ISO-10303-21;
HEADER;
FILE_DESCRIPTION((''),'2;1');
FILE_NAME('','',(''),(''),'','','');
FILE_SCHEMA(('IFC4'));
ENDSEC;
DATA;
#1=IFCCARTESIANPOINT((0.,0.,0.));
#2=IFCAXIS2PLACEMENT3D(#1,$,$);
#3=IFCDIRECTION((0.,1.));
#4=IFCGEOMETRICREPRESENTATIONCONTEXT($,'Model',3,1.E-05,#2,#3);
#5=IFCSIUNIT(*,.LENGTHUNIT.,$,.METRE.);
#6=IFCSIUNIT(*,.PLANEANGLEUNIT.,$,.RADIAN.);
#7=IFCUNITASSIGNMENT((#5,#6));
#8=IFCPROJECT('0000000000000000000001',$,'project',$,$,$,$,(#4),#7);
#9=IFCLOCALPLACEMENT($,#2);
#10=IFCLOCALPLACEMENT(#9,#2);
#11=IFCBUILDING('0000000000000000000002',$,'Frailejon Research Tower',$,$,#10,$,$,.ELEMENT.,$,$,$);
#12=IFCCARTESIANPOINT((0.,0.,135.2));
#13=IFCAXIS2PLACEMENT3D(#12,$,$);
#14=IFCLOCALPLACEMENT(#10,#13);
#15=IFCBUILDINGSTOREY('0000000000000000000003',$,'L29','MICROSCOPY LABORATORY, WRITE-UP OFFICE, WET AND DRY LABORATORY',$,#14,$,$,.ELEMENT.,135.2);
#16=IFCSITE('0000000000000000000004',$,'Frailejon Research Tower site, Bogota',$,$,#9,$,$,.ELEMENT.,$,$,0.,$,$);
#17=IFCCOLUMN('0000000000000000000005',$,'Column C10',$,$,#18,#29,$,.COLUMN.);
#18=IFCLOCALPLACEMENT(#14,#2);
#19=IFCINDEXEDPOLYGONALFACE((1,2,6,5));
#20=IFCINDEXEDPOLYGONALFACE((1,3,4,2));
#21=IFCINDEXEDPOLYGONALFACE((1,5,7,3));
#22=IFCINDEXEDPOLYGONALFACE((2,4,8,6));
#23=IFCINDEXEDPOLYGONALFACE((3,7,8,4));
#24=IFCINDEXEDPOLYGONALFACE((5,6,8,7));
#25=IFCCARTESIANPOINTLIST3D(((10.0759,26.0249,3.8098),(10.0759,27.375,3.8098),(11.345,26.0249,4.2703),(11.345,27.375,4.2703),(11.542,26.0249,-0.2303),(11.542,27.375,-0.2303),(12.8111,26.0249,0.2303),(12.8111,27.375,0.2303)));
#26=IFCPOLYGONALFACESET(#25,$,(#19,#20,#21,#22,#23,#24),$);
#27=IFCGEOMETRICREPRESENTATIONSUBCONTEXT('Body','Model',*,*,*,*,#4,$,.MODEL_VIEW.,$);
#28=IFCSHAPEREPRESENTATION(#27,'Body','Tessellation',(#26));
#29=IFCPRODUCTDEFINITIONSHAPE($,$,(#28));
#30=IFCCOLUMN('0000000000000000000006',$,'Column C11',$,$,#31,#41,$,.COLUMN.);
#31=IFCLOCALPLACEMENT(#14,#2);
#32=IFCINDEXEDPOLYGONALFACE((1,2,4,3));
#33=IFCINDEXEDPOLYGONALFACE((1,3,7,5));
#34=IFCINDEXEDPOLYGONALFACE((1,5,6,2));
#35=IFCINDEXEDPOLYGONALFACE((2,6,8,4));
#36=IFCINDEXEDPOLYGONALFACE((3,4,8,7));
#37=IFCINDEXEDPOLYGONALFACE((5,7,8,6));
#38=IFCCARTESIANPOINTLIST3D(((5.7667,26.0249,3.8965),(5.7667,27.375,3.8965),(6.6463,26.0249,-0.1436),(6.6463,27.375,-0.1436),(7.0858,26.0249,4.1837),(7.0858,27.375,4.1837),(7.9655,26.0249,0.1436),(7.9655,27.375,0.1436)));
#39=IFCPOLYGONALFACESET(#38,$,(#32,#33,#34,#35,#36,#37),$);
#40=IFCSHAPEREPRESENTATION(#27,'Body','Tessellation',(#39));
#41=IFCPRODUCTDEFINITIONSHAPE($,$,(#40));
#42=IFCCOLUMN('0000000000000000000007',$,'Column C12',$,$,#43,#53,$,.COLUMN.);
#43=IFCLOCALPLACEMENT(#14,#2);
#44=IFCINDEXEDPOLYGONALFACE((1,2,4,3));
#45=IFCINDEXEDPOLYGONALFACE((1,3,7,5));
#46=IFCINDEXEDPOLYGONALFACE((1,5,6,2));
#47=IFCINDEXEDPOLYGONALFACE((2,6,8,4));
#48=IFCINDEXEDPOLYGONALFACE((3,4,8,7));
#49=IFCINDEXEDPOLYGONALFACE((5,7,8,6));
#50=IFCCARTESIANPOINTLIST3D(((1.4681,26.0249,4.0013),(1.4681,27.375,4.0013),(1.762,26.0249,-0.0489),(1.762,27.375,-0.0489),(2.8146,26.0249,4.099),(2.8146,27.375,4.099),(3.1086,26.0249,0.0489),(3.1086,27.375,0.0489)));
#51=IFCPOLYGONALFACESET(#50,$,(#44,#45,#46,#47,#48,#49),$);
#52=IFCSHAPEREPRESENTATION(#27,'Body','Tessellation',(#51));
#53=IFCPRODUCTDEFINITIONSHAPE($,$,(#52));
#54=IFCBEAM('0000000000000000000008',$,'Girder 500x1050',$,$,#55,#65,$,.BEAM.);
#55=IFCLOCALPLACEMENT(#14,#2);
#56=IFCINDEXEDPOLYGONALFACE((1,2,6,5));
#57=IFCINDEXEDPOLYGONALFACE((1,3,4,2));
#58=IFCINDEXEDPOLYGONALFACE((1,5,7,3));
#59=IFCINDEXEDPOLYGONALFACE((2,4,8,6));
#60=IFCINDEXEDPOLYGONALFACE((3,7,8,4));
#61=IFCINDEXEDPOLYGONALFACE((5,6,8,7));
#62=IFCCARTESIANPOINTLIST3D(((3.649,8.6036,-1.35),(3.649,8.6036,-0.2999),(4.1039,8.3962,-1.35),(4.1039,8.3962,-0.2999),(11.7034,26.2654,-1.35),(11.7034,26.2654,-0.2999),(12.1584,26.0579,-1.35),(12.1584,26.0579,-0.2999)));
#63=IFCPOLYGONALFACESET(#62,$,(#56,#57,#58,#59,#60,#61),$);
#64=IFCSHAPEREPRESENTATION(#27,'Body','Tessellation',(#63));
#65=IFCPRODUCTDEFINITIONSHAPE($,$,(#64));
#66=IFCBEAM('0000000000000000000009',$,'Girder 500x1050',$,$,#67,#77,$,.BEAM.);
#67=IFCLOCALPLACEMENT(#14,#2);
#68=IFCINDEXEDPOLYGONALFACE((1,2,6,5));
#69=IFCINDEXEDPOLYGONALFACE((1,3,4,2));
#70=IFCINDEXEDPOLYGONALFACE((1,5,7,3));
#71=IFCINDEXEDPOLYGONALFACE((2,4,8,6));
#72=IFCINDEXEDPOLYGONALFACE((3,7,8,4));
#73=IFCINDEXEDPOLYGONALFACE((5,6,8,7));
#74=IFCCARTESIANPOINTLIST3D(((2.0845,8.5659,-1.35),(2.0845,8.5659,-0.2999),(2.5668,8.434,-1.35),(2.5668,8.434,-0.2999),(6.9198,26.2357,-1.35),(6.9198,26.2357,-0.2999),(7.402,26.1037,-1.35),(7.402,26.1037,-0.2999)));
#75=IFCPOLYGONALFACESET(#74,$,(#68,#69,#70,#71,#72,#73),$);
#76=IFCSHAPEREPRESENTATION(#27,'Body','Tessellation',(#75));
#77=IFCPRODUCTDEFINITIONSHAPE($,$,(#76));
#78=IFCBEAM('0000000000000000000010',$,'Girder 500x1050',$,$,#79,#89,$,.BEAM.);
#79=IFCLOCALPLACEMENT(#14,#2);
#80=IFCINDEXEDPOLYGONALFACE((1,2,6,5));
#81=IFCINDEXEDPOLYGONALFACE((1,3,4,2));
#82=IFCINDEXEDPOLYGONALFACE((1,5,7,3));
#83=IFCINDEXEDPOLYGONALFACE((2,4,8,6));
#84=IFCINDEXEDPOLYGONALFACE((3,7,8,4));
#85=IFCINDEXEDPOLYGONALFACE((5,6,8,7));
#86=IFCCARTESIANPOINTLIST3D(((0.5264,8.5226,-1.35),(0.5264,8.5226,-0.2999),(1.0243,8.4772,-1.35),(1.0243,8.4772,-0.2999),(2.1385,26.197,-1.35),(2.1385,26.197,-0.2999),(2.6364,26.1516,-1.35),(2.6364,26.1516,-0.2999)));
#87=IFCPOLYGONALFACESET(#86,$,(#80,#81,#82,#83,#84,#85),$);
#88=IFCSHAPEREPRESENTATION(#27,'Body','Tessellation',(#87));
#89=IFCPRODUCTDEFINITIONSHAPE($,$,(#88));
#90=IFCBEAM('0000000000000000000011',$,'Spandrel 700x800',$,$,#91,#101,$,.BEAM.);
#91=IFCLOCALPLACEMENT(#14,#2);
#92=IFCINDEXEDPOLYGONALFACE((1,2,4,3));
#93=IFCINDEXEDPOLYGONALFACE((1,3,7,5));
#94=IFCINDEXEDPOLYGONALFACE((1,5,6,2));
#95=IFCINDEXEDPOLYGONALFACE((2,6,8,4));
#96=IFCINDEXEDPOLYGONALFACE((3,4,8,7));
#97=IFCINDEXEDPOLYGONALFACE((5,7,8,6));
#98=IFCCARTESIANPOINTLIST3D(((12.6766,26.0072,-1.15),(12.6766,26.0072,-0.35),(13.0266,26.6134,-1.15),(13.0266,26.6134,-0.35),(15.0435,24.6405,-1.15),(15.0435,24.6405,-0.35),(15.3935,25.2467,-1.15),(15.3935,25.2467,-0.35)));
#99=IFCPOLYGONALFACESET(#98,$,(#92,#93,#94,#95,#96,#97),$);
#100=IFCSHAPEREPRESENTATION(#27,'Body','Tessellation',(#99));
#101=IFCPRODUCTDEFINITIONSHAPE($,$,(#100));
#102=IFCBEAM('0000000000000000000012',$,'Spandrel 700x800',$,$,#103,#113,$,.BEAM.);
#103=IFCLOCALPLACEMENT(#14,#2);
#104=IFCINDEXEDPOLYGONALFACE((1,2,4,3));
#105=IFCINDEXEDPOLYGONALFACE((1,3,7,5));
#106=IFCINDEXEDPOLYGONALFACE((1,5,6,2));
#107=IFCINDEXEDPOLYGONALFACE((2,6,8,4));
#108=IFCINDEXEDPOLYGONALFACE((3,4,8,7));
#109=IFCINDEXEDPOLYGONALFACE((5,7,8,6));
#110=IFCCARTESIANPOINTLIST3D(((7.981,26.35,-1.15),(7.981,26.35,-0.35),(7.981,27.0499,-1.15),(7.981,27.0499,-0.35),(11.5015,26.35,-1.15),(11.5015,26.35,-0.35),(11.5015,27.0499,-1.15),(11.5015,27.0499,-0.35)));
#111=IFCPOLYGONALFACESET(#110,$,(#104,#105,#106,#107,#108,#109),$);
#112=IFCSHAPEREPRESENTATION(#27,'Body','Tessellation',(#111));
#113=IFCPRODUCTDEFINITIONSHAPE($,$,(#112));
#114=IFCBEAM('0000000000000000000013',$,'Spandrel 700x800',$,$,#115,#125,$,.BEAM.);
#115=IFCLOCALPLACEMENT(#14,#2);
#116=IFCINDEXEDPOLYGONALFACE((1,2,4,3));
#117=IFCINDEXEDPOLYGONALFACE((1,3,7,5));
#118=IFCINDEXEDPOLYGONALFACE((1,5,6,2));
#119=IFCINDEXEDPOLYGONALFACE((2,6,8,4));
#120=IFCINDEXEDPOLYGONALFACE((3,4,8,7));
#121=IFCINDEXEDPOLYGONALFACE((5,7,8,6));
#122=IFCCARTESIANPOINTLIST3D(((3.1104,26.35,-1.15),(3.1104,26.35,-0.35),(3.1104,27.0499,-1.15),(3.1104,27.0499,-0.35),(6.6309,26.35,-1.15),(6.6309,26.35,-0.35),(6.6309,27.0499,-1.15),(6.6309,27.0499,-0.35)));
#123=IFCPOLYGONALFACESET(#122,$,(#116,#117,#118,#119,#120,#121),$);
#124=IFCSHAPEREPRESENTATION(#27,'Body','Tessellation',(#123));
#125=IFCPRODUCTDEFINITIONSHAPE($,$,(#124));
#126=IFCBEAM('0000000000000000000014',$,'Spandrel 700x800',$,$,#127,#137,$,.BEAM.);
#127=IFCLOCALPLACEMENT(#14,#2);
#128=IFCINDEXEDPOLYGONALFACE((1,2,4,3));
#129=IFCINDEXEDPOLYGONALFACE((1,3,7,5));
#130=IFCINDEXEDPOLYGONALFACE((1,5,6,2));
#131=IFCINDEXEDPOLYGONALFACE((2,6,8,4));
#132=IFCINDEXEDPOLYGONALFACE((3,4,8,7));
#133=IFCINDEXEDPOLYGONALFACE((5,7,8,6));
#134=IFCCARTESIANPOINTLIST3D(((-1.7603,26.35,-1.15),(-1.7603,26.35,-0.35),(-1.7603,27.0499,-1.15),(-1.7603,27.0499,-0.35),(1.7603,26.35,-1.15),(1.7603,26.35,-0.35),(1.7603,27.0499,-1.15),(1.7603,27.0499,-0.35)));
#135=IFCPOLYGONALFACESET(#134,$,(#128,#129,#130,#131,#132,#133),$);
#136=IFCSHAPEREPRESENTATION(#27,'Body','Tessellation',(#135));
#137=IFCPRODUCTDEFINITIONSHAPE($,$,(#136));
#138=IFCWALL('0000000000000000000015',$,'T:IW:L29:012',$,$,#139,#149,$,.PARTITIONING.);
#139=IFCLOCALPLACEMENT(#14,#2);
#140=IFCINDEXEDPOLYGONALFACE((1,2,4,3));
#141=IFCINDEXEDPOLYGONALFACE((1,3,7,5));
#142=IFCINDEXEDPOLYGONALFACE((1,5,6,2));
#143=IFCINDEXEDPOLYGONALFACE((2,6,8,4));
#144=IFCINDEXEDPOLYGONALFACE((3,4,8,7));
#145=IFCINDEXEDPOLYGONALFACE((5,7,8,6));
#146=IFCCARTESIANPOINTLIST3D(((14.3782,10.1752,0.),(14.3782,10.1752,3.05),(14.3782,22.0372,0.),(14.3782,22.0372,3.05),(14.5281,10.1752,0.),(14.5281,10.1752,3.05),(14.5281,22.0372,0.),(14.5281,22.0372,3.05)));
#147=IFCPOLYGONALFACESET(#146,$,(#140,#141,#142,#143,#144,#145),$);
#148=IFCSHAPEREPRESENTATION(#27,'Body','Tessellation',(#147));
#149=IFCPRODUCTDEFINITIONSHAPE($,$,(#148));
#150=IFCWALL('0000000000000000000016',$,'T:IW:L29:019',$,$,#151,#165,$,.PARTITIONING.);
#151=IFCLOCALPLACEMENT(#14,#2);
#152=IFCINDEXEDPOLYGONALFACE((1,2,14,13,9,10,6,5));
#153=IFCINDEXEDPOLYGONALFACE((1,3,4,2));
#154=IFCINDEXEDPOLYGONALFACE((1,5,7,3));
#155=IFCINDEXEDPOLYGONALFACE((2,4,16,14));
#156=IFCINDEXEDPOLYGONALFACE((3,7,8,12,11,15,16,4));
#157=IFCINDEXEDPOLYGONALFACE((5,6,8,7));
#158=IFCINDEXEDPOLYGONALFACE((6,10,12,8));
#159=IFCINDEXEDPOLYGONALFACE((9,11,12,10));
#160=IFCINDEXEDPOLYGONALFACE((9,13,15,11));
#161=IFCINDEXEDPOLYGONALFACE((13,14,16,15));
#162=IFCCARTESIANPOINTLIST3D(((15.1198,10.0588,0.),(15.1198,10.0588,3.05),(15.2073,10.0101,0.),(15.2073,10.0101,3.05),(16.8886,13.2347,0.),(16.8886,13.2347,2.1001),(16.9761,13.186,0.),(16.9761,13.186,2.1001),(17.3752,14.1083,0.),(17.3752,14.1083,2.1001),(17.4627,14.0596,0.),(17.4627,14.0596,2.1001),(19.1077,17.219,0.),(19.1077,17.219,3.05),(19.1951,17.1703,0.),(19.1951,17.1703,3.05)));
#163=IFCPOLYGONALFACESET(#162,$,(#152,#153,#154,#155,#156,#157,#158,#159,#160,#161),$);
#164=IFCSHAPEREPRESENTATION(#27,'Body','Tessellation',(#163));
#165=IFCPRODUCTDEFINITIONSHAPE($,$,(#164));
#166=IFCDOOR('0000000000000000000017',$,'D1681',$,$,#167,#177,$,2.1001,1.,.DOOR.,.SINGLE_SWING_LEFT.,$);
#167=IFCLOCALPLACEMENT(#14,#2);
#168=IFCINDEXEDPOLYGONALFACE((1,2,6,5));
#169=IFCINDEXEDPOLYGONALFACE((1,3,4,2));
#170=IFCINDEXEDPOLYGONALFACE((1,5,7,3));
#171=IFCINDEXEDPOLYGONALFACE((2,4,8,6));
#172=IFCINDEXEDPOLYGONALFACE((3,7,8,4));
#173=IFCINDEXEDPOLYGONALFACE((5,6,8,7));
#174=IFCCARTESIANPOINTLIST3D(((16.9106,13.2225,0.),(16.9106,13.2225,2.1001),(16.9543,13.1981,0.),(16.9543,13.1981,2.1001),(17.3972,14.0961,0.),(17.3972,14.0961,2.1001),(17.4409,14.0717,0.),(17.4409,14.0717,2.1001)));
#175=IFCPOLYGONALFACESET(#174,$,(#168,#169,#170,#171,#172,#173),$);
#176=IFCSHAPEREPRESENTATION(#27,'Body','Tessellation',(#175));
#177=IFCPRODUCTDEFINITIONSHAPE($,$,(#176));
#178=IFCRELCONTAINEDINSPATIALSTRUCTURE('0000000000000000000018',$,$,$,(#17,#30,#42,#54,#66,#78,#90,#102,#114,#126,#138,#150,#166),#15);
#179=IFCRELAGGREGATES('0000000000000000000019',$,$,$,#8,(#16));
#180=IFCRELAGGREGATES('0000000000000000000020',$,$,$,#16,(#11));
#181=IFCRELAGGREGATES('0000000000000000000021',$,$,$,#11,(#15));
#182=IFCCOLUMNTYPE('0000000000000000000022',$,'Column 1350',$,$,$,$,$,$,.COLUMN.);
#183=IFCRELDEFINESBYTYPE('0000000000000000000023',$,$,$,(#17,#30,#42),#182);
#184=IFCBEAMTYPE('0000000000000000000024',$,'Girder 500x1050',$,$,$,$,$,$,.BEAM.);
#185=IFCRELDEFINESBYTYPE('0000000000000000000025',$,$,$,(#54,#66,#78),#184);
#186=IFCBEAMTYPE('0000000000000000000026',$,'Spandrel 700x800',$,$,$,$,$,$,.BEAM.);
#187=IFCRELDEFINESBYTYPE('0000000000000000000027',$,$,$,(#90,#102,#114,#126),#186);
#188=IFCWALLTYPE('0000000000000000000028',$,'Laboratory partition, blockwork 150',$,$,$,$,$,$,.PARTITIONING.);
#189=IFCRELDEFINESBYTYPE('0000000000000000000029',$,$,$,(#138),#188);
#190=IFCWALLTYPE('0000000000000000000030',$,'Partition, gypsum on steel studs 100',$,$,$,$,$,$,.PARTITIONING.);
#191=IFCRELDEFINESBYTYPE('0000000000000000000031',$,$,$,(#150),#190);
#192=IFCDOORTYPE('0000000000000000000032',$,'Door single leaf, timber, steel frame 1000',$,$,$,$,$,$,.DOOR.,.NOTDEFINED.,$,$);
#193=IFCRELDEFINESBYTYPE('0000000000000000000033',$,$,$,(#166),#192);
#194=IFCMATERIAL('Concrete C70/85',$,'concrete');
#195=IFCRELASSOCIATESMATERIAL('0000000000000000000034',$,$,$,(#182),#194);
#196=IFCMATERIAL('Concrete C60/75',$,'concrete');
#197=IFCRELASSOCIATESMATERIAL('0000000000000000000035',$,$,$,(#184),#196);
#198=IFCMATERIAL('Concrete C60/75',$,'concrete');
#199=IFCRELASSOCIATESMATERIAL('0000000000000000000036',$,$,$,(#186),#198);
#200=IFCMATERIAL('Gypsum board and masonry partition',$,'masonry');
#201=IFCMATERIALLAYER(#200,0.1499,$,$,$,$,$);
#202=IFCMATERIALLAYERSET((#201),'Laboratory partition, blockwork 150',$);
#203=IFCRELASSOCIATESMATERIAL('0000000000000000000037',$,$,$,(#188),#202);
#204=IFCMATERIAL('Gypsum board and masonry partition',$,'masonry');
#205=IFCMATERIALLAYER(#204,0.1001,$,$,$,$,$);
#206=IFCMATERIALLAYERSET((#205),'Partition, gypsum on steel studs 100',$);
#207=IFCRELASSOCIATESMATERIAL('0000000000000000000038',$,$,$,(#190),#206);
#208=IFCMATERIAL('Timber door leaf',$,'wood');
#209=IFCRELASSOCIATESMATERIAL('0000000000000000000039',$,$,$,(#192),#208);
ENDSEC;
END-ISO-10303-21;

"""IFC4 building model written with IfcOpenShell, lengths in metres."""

from ifc_helpers import new_model, si_unit, direction, frame, frame_2d, origin, origin_2d, place, context, subcontext, project, spatial, rectangle, extrude, material, layer, layer_set, material_profile, profile_set, type_object, element, fill, save


model = new_model("IFC4")

# Units and contexts
model_context = context("Model", 3, precision=1e-05, world=origin(), true_north=direction((0.0, 1.0)))
body_context = subcontext(model_context, "Body", "Model", "MODEL_VIEW")
ifc_project = project(units=[si_unit("LENGTHUNIT", "METRE"), si_unit("PLANEANGLEUNIT", "RADIAN")], contexts=[model_context])

# Site, building, storey
site_placement = place(None, origin())
site = spatial("IfcSite", under=ifc_project, at=site_placement, Name="Frailejon Research Tower site, Bogota", CompositionType="ELEMENT", RefElevation=0.0)
building_placement = place(site_placement, origin())
building = spatial("IfcBuilding", under=site, at=building_placement, Name="Frailejon Research Tower", CompositionType="ELEMENT")
storey_placement = place(building_placement, frame((0.0, 0.0, 135.2)))
storey = spatial("IfcBuildingStorey", under=building, at=storey_placement, Name="L29", Description="MICROSCOPY LABORATORY, WRITE-UP OFFICE, WET AND DRY LABORATORY", CompositionType="ELEMENT", Elevation=135.2)

# Columns
ifc_material_1 = material(Name="Concrete C70/85", Category="concrete")
ifc_material_profile_1 = material_profile(ifc_material_1, rectangle(XDim=1.3501, YDim=1.3501, at=origin_2d()), Name="Column 1350")
ifc_profile_set_1 = profile_set([ifc_material_profile_1], Name="Concrete C70/85")
column_type = type_object("IfcColumnType", Name="Column 1350", PredefinedType="COLUMN", material=ifc_profile_set_1)
column_1_placement = place(storey_placement, frame((12.1765, 26.7, 0.0), z_axis=(-0.341118, 0.0, 0.94002), x_axis=(-0.94002, 0.0, -0.341118)))
element("IfcColumn", 1, at=column_1_placement, inside=storey, type_object=column_type, Name="Column C10", PredefinedType="COLUMN", context=body_context, shape_type="SweptSolid", body=[
    extrude(rectangle(XDim=1.3501, YDim=1.3501, at=origin_2d()), origin(), (0.0, 0.0, 1.0), 4.2979),
])
column_2_placement = place(storey_placement, frame((7.3059, 26.7, 0.0), z_axis=(-0.212746, 0.0, 0.977108), x_axis=(-0.977108, 0.0, -0.212746)))
element("IfcColumn", 2, at=column_2_placement, inside=storey, type_object=column_type, Name="Column C11", PredefinedType="COLUMN", context=body_context, shape_type="SweptSolid", body=[
    extrude(rectangle(XDim=1.3501, YDim=1.3501, at=origin_2d()), origin(), (0.0, 0.0, 1.0), 4.1348),
])
column_3_placement = place(storey_placement, frame((2.4353, 26.7, 0.0), z_axis=(-0.072388, 0.0, 0.997377), x_axis=(-0.997377, 0.0, -0.072388)))
element("IfcColumn", 3, at=column_3_placement, inside=storey, type_object=column_type, Name="Column C12", PredefinedType="COLUMN", context=body_context, shape_type="SweptSolid", body=[
    extrude(rectangle(XDim=1.3501, YDim=1.3501, at=origin_2d()), origin(), (0.0, 0.0, 1.0), 4.0608),
])

# Beams
ifc_material_2 = material(Name="Concrete C60/75", Category="concrete")
ifc_material_profile_2 = material_profile(ifc_material_2, rectangle(XDim=0.5, YDim=1.05, at=origin_2d()), Name="Girder 500x1050")
ifc_profile_set_2 = profile_set([ifc_material_profile_2], Name="Concrete C60/75")
beam_type_1 = type_object("IfcBeamType", Name="Girder 500x1050", PredefinedType="BEAM", material=ifc_profile_set_2)
beam_1_placement = place(storey_placement, frame((11.9309, 26.1616, -0.825), z_axis=(-0.414931, -0.909853, 0.0), x_axis=(0.909853, -0.414931, 0.0)))
element("IfcBeam", 4, at=beam_1_placement, inside=storey, type_object=beam_type_1, Name="Girder 500x1050", PredefinedType="BEAM", context=body_context, shape_type="SweptSolid", body=[
    extrude(rectangle(XDim=0.5, YDim=1.05, at=origin_2d()), origin(), (0.0, 0.0, 1.0), 19.4116),
])
beam_2_placement = place(storey_placement, frame((7.1609, 26.1697, -0.825), z_axis=(-0.263941, -0.964539, 0.0), x_axis=(0.964539, -0.263941, 0.0)))
element("IfcBeam", 5, at=beam_2_placement, inside=storey, type_object=beam_type_1, Name="Girder 500x1050", PredefinedType="BEAM", context=body_context, shape_type="SweptSolid", body=[
    extrude(rectangle(XDim=0.5, YDim=1.05, at=origin_2d()), origin(), (0.0, 0.0, 1.0), 18.3193),
])
beam_3_placement = place(storey_placement, frame((2.3875, 26.1743, -0.825), z_axis=(-0.090832, -0.995866, 0.0), x_axis=(0.995866, -0.090832, 0.0)))
element("IfcBeam", 6, at=beam_3_placement, inside=storey, type_object=beam_type_1, Name="Girder 500x1050", PredefinedType="BEAM", context=body_context, shape_type="SweptSolid", body=[
    extrude(rectangle(XDim=0.5, YDim=1.05, at=origin_2d()), origin(), (0.0, 0.0, 1.0), 17.7478),
])
ifc_material_3 = material(Name="Concrete C60/75", Category="concrete")
ifc_material_profile_3 = material_profile(ifc_material_3, rectangle(XDim=0.7, YDim=0.8, at=origin_2d()), Name="Spandrel 700x800")
ifc_profile_set_3 = profile_set([ifc_material_profile_3], Name="Concrete C60/75")
beam_type_2 = type_object("IfcBeamType", Name="Spandrel 700x800", PredefinedType="BEAM", material=ifc_profile_set_3)
beam_4_placement = place(storey_placement, frame((15.2185, 24.9436, -0.75), z_axis=(-0.866003, 0.500039, 0.0), x_axis=(-0.500039, -0.866003, 0.0)))
element("IfcBeam", 7, at=beam_4_placement, inside=storey, type_object=beam_type_2, Name="Spandrel 700x800", PredefinedType="BEAM", context=body_context, shape_type="SweptSolid", body=[
    extrude(rectangle(XDim=0.7, YDim=0.8, at=origin_2d()), origin(), (0.0, 0.0, 1.0), 2.7332),
])
for number, where, z_axis, x_axis, name in (
    (8, (11.5015, 26.7, -0.75), (-1.0, 0.0, 0.0), (0.0, -1.0, 0.0), "Spandrel 700x800"),
    (9, (6.6309, 26.7, -0.75), (-1.0, 0.0, 0.0), (0.0, -1.0, 0.0), "Spandrel 700x800"),
    (10, (1.7603, 26.7, -0.75), (-1.0, 0.0, 0.0), (0.0, -1.0, 0.0), "Spandrel 700x800"),
):
    element("IfcBeam", number, at=place(storey_placement, frame(where, z_axis=z_axis, x_axis=x_axis)), inside=storey, type_object=beam_type_2, Name=name, PredefinedType="BEAM", context=body_context, shape_type="SweptSolid", body=[
        extrude(rectangle(XDim=0.7, YDim=0.8, at=origin_2d()), origin(), (0.0, 0.0, 1.0), 3.5205),
    ])

# Wall
ifc_material_4 = material(Name="Gypsum board and masonry partition", Category="masonry")
ifc_layer_1 = layer(ifc_material_4, 0.1499)
ifc_layer_set_1 = layer_set([ifc_layer_1], Name="Laboratory partition, blockwork 150")
wall_type_1 = type_object("IfcWallType", Name="Laboratory partition, blockwork 150", PredefinedType="PARTITIONING", material=ifc_layer_set_1)
wall_1_placement = place(storey_placement, frame((14.4531, 10.175, 0.0), z_axis=(0.0, 0.0, 1.0), x_axis=(0.0, 1.0, 0.0)))
element("IfcWall", 11, at=wall_1_placement, inside=storey, type_object=wall_type_1, Name="T:IW:L29:012", PredefinedType="PARTITIONING", context=body_context, shape_type="SweptSolid", body=[
    extrude(rectangle(XDim=11.8621, YDim=0.1499, at=frame_2d((5.9312, 0.0))), origin(), (0.0, 0.0, 1.0), 3.05),
])

# Wall, opening, door
ifc_material_5 = material(Name="Gypsum board and masonry partition", Category="masonry")
ifc_layer_2 = layer(ifc_material_5, 0.1001)
ifc_layer_set_2 = layer_set([ifc_layer_2], Name="Partition, gypsum on steel studs 100")
wall_type_2 = type_object("IfcWallType", Name="Partition, gypsum on steel studs 100", PredefinedType="PARTITIONING", material=ifc_layer_set_2)
wall_2_placement = place(storey_placement, frame((15.1636, 10.0344, 0.0), z_axis=(0.0, 0.0, 1.0), x_axis=(0.486568, 0.873643, 0.0)))
wall_2 = element("IfcWall", 12, at=wall_2_placement, inside=storey, type_object=wall_type_2, Name="T:IW:L29:019", PredefinedType="PARTITIONING", context=body_context, shape_type="SweptSolid", body=[
    extrude(rectangle(XDim=8.1958, YDim=0.1001, at=frame_2d((4.0979, 0.0))), origin(), (0.0, 0.0, 1.0), 3.05),
])
opening_1_placement = place(wall_2_placement, frame((3.6353, 0.0, 0.0)))
opening_1 = element("IfcOpeningElement", 13, at=opening_1_placement, cuts=wall_2, PredefinedType="OPENING", context=body_context, shape_type="SweptSolid", body=[
    extrude(rectangle(XDim=1.0, YDim=2.1001, at=frame_2d((0.5, 1.05))), frame((0.0, 0.0601, 0.0), z_axis=(0.0, -1.0, 0.0), x_axis=(1.0, 0.0, 0.0)), (0.0, 0.0, 1.0), 0.1201),
])
ifc_material_6 = material(Name="Timber door leaf", Category="wood")
door_type_1 = type_object("IfcDoorType", Name="Door single leaf, timber, steel frame 1000", OperationType="NOTDEFINED", PredefinedType="DOOR", material=ifc_material_6)
door_1_placement = place(opening_1_placement, origin())
door_1 = element("IfcDoor", 14, at=door_1_placement, inside=storey, type_object=door_type_1, Name="D1681", OperationType="SINGLE_SWING_LEFT", OverallHeight=2.1001, OverallWidth=1.0, PredefinedType="DOOR", context=body_context, shape_type="SweptSolid", body=[
    extrude(rectangle(XDim=1.0, YDim=2.1001, at=frame_2d((0.5, 1.05))), frame((0.0, 0.0249, 0.0), z_axis=(0.0, -1.0, 0.0), x_axis=(1.0, 0.0, 0.0)), (0.0, 0.0, 1.0), 0.05),
])
fill(opening_1, door_1)

save(model, "model.ifc")
